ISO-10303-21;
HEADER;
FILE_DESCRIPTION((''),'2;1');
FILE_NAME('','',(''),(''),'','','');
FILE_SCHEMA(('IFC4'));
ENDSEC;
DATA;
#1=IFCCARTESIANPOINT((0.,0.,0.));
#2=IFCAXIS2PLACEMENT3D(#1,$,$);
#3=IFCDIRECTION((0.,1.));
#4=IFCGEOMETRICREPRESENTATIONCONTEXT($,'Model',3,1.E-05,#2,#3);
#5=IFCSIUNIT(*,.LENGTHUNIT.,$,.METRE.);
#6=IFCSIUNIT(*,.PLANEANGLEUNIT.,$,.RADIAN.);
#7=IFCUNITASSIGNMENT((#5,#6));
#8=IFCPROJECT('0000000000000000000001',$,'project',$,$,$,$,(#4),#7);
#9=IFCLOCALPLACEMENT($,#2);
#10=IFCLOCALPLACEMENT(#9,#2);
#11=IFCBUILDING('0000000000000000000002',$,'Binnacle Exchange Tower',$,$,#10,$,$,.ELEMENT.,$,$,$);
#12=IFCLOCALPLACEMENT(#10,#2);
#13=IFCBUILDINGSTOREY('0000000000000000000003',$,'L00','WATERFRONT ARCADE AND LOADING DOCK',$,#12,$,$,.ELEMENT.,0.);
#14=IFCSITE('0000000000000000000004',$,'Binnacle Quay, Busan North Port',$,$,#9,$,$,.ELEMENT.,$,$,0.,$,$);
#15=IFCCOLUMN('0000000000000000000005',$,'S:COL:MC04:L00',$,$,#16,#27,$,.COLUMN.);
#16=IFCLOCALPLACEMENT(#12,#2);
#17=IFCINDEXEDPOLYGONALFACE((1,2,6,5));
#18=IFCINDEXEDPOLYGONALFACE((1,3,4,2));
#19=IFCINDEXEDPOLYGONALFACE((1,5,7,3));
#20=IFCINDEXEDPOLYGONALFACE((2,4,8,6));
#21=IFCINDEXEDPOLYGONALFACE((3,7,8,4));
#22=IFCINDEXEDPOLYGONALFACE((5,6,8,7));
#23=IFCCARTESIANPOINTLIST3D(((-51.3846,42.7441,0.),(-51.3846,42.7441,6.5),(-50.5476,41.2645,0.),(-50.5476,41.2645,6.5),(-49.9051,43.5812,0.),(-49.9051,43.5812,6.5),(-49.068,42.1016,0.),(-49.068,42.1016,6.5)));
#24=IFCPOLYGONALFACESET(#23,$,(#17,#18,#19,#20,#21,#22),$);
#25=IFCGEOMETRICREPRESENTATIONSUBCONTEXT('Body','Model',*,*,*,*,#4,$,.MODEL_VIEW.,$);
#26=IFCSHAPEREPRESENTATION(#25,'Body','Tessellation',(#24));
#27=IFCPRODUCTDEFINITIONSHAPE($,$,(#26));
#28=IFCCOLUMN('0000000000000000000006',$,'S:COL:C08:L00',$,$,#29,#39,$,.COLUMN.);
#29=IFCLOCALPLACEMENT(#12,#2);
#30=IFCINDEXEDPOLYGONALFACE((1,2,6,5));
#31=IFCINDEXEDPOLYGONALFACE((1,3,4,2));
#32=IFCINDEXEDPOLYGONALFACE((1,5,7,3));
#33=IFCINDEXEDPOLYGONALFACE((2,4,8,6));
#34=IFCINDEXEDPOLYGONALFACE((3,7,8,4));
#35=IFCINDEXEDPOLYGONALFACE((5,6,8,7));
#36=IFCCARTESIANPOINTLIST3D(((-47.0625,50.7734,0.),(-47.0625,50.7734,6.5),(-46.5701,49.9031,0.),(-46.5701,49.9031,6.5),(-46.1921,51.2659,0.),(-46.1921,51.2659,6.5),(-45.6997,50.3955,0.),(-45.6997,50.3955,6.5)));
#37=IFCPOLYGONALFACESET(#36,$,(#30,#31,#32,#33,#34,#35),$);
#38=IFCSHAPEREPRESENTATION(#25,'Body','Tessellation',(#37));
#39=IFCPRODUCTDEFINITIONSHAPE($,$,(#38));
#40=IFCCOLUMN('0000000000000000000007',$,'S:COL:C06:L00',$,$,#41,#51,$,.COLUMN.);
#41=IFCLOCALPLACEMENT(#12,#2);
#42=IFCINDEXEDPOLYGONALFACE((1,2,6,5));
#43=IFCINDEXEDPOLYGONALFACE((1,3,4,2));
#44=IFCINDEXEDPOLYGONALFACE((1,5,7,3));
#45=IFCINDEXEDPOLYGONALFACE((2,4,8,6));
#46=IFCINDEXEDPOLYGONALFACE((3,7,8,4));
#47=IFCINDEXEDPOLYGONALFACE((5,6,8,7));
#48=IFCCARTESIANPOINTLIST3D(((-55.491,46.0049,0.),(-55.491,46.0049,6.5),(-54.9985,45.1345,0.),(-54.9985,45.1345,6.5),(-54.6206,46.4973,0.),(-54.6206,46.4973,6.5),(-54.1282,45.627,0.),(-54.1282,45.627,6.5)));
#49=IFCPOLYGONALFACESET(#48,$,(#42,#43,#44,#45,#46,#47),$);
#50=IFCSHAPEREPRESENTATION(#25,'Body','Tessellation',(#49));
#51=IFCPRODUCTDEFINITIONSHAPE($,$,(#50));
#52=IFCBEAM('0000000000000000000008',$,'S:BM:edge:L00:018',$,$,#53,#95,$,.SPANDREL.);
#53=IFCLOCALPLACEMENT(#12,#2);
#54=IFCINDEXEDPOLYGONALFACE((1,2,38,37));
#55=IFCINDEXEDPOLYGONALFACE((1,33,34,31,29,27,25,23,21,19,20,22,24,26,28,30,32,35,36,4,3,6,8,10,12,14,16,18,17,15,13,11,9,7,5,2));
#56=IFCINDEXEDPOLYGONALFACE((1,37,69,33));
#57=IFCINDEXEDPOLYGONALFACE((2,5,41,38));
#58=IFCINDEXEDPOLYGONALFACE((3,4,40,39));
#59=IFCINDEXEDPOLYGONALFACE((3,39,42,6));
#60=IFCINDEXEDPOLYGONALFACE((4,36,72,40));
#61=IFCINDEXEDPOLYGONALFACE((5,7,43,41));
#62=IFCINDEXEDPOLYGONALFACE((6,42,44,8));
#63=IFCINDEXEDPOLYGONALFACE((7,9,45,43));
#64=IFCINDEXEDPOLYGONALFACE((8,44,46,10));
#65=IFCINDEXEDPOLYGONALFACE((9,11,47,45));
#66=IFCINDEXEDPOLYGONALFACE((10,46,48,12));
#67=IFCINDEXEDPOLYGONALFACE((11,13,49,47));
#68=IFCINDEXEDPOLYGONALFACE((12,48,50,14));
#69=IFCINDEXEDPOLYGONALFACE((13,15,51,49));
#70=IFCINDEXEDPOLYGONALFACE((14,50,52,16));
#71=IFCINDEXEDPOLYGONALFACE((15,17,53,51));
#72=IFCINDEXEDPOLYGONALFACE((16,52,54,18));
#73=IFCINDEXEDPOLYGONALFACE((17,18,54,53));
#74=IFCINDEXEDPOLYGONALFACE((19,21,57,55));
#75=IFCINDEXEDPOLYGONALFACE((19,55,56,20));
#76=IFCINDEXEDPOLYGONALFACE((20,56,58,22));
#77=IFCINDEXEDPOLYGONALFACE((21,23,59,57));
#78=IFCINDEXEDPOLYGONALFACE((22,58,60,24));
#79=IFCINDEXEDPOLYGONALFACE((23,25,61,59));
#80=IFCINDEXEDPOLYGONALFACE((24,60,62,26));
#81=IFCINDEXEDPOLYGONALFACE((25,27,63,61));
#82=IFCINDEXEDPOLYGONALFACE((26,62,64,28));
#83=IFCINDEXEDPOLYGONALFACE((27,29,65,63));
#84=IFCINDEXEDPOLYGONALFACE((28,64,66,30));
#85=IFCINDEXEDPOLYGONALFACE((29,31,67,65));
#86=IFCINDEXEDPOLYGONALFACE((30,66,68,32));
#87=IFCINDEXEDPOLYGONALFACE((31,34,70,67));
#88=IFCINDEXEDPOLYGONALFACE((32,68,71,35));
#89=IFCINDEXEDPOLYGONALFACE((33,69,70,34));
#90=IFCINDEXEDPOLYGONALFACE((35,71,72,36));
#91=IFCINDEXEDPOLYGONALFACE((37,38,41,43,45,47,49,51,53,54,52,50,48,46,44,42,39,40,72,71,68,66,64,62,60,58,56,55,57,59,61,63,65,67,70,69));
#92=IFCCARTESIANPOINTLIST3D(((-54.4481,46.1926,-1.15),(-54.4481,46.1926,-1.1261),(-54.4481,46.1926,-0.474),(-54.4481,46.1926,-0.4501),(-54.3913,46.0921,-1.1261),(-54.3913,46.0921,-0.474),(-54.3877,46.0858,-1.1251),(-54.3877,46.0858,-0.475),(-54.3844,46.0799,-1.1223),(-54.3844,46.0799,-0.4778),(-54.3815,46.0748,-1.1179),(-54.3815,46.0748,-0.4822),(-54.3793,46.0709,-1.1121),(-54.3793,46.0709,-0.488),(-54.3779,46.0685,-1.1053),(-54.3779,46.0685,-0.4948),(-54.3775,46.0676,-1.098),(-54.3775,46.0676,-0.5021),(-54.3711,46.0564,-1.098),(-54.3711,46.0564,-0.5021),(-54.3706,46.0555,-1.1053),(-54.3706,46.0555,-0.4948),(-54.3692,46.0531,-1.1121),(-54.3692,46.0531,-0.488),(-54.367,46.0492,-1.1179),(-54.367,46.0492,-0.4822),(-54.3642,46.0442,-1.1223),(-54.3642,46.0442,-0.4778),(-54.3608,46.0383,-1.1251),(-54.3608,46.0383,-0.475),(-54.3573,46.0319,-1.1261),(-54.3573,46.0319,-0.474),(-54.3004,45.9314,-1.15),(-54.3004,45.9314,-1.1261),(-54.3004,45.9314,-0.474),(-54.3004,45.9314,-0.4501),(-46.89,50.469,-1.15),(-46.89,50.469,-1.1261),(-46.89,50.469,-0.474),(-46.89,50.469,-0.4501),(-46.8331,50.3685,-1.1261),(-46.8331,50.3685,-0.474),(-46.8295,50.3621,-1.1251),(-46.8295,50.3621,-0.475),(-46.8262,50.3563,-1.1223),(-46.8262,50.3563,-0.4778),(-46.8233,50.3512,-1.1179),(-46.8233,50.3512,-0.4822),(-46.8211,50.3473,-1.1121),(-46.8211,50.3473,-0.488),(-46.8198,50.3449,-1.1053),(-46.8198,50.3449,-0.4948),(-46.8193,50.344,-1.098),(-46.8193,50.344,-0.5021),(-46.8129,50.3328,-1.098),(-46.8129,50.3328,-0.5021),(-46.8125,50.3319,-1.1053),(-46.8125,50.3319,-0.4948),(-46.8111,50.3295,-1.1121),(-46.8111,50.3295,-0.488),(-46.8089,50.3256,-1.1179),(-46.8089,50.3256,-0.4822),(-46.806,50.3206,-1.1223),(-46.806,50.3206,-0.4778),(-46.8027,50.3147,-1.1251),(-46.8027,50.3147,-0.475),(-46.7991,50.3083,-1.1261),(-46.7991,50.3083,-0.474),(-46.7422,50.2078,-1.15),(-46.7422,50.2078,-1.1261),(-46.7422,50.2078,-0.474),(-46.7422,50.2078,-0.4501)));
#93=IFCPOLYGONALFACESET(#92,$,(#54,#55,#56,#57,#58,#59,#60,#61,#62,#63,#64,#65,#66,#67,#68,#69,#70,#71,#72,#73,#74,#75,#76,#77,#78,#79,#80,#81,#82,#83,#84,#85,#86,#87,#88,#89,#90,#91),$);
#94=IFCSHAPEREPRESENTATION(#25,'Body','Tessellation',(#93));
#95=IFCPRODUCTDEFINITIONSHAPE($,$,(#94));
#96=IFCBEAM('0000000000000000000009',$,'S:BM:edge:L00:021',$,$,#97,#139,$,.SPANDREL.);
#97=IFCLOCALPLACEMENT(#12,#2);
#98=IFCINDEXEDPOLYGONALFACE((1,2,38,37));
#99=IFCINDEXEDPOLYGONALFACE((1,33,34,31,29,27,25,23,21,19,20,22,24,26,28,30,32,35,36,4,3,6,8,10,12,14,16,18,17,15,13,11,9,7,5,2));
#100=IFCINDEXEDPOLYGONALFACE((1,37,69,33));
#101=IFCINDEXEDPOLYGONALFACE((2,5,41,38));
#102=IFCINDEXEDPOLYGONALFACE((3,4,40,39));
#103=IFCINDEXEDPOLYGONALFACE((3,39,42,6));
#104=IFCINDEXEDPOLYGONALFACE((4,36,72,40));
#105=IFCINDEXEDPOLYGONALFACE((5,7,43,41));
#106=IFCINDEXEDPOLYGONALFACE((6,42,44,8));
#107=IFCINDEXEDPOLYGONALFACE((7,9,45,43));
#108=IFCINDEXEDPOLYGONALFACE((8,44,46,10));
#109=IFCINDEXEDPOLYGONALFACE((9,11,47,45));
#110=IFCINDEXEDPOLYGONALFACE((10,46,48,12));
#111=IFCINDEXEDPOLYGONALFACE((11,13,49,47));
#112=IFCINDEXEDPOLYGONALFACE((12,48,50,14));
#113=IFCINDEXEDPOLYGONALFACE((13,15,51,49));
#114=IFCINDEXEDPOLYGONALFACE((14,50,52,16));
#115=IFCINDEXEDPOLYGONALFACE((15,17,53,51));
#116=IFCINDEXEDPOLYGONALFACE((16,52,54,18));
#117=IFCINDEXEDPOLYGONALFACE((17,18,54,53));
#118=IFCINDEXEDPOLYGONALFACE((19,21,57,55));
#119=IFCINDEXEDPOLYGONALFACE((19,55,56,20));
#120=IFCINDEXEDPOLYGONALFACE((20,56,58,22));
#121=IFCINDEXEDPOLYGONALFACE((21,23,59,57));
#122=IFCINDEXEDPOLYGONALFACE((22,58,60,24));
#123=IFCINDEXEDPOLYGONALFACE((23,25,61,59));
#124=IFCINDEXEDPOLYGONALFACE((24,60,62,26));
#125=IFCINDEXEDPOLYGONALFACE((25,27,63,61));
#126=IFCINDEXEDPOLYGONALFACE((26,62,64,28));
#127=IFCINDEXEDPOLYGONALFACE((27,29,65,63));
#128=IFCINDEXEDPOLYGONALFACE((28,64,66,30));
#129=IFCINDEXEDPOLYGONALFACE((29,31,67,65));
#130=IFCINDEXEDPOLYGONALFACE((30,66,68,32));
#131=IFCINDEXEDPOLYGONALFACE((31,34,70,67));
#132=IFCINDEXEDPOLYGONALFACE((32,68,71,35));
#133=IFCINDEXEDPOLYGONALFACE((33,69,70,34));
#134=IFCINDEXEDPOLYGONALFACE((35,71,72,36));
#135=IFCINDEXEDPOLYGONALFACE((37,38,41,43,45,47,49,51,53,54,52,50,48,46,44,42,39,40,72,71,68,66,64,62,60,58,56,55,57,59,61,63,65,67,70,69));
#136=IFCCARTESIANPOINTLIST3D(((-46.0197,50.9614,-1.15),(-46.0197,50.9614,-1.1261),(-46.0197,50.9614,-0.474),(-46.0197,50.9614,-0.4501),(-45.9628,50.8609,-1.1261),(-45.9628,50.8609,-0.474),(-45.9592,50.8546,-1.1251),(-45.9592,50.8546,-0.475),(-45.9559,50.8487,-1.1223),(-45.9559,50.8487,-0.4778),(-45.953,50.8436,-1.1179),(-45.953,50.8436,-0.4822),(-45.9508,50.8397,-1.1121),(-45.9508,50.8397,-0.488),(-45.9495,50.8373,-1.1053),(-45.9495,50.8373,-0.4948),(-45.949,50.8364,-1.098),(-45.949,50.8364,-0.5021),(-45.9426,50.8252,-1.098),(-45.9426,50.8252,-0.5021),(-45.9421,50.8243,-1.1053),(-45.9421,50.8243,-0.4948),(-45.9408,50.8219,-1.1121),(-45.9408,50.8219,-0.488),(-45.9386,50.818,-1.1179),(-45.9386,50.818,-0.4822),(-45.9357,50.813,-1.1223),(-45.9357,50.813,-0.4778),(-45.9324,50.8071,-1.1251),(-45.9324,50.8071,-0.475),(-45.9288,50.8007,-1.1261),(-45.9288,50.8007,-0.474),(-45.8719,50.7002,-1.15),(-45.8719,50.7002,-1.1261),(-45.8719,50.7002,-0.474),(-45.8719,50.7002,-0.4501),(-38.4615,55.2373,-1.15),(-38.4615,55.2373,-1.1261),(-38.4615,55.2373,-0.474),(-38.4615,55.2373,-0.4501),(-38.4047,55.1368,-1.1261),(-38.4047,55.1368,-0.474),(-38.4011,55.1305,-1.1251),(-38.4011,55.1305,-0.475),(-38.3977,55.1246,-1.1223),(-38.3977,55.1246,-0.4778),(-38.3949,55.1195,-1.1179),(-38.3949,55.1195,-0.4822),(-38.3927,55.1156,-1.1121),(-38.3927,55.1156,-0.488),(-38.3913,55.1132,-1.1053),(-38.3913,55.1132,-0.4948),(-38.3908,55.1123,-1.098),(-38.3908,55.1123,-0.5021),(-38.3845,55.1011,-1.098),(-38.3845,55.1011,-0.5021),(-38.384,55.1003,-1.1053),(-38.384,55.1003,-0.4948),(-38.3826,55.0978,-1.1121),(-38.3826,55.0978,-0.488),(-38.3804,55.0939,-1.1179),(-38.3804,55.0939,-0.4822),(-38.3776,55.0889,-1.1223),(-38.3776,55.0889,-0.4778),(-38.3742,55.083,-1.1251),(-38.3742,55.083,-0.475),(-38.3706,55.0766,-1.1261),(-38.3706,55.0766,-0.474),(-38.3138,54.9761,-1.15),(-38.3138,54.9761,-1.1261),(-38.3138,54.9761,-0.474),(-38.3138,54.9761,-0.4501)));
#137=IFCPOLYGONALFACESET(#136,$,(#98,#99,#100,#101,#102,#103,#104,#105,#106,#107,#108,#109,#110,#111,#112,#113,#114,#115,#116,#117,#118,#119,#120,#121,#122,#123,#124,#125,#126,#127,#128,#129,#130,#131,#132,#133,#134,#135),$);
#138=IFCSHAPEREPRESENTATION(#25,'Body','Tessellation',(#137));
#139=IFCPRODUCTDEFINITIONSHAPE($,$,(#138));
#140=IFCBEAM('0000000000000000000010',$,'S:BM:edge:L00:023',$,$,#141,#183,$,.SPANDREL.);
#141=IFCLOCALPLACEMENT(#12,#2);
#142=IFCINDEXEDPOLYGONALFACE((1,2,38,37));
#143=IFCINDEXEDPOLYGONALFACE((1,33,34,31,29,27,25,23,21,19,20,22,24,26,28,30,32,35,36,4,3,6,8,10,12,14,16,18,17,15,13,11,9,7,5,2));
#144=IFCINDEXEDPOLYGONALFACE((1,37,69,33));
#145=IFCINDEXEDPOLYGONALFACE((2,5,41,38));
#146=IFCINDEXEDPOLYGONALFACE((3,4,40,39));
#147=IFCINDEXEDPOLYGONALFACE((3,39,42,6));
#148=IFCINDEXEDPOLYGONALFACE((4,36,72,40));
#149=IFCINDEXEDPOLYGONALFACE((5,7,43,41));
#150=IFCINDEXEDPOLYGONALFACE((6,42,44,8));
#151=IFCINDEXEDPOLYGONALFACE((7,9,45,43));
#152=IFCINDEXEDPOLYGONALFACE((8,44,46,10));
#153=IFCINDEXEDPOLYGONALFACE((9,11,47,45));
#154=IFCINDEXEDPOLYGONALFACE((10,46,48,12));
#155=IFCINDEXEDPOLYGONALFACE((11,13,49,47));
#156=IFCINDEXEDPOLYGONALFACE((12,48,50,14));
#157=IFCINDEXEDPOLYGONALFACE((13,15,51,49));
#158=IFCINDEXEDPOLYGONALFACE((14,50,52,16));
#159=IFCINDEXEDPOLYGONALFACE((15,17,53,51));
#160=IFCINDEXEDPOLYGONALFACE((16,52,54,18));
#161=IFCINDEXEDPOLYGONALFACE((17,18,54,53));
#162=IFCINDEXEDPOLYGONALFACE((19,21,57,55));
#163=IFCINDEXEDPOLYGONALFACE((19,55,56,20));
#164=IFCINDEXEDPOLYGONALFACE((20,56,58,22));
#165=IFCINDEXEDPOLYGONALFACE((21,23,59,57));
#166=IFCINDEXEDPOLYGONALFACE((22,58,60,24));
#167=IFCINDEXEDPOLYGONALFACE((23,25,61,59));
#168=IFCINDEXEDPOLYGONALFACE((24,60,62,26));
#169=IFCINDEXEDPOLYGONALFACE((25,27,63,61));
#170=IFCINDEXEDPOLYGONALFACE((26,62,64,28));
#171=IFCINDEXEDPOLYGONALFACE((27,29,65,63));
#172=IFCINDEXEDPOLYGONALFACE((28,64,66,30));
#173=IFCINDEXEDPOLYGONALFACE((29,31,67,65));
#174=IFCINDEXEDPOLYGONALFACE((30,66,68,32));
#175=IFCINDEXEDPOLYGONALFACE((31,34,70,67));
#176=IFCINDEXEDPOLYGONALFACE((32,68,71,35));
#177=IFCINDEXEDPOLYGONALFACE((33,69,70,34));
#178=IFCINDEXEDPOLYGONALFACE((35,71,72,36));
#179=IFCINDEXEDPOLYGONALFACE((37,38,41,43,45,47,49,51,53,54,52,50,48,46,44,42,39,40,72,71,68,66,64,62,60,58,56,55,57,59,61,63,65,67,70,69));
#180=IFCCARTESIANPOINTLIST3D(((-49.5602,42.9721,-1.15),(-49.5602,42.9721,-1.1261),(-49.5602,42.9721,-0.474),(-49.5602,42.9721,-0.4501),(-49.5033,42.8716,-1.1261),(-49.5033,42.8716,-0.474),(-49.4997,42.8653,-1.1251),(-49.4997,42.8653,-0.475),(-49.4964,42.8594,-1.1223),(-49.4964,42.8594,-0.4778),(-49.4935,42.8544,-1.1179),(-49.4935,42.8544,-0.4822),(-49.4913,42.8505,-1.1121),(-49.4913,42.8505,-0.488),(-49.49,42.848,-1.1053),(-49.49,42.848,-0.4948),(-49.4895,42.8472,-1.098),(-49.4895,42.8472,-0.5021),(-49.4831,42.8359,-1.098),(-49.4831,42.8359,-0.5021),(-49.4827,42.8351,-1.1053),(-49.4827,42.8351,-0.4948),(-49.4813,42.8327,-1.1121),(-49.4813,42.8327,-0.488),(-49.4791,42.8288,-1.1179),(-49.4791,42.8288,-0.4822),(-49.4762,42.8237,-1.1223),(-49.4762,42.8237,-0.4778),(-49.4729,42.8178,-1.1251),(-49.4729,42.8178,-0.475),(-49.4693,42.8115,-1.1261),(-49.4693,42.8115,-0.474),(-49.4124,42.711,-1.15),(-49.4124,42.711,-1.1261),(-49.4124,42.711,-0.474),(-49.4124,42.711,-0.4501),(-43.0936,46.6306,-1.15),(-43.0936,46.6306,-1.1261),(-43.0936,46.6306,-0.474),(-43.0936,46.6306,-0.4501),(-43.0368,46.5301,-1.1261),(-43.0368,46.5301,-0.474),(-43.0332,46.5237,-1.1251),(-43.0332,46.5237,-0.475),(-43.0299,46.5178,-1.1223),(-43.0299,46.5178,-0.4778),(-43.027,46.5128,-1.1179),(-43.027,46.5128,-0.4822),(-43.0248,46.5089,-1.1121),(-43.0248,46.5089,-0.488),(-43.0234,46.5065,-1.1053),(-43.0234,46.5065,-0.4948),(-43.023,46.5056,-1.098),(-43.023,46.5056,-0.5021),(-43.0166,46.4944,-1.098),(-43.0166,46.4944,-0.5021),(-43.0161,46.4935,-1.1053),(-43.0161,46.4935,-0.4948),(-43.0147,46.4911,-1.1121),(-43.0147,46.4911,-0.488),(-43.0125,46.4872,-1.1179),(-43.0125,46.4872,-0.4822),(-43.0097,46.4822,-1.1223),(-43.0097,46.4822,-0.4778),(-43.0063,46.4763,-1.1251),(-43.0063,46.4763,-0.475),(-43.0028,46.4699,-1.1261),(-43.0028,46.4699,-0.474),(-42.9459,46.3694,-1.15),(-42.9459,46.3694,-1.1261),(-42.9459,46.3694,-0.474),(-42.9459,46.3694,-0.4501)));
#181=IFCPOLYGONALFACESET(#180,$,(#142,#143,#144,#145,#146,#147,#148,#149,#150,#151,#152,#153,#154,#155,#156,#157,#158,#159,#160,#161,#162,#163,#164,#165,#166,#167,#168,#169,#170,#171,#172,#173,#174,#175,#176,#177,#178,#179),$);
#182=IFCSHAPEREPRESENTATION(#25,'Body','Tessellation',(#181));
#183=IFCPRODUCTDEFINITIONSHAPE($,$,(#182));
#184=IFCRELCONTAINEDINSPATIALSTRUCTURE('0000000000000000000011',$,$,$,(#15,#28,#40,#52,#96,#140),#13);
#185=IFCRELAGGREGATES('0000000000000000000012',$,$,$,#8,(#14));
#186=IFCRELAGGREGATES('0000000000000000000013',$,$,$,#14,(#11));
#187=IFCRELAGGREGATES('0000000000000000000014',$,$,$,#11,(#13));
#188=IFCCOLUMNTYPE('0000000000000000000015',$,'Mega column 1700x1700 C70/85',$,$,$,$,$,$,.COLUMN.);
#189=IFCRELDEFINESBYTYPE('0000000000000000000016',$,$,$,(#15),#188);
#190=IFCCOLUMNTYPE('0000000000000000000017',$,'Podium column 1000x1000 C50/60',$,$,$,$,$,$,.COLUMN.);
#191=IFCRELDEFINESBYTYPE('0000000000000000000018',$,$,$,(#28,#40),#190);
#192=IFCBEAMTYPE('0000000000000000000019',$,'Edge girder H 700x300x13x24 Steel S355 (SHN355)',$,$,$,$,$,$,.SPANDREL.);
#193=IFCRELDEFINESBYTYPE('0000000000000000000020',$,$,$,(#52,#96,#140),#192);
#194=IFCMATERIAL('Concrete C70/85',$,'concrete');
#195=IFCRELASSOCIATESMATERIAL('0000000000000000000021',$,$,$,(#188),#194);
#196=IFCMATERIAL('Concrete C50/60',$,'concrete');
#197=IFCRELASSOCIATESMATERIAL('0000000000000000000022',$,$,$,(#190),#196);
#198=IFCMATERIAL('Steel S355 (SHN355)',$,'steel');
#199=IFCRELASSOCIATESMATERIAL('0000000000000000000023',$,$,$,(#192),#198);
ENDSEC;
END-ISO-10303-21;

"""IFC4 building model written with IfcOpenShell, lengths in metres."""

from ifc_helpers import new_model, si_unit, direction, frame, origin, origin_2d, place, context, subcontext, project, spatial, rectangle, i_section, extrude, material, material_profile, profile_set, type_object, element, save


model = new_model("IFC4")

# Units and contexts
model_context = context("Model", 3, precision=1e-05, world=origin(), true_north=direction((0.0, 1.0)))
body_context = subcontext(model_context, "Body", "Model", "MODEL_VIEW")
ifc_project = project(units=[si_unit("LENGTHUNIT", "METRE"), si_unit("PLANEANGLEUNIT", "RADIAN")], contexts=[model_context])

# Site, building, storey
site_placement = place(None, origin())
site = spatial("IfcSite", under=ifc_project, at=site_placement, Name="Binnacle Quay, Busan North Port", CompositionType="ELEMENT", RefElevation=0.0)
building_placement = place(site_placement, origin())
building = spatial("IfcBuilding", under=site, at=building_placement, Name="Binnacle Exchange Tower", CompositionType="ELEMENT")
storey_placement = place(building_placement, origin())
storey = spatial("IfcBuildingStorey", under=building, at=storey_placement, Name="L00", Description="WATERFRONT ARCADE AND LOADING DOCK", CompositionType="ELEMENT", Elevation=0.0)

# Columns
ifc_material_1 = material(Name="Concrete C70/85", Category="concrete")
ifc_material_profile_1 = material_profile(ifc_material_1, rectangle(XDim=1.7, YDim=1.7, at=origin_2d()), Name="Mega column 1700x1700 C70/85")
ifc_profile_set_1 = profile_set([ifc_material_profile_1], Name="Concrete C70/85")
column_type_1 = type_object("IfcColumnType", Name="Mega column 1700x1700 C70/85", PredefinedType="COLUMN", material=ifc_profile_set_1)
column_placement = place(storey_placement, frame((-50.2263, 42.4229, 0.0), z_axis=(0.0, 0.0, 1.0), x_axis=(-0.870356, -0.492424, 0.0)))
element("IfcColumn", 1, at=column_placement, inside=storey, type_object=column_type_1, Name="S:COL:MC04:L00", PredefinedType="COLUMN", context=body_context, shape_type="SweptSolid", body=[
    extrude(rectangle(XDim=1.7, YDim=1.7, at=origin_2d()), origin(), (0.0, 0.0, 1.0), 6.5),
])
ifc_material_2 = material(Name="Concrete C50/60", Category="concrete")
ifc_material_profile_2 = material_profile(ifc_material_2, rectangle(XDim=1.0, YDim=1.0, at=origin_2d()), Name="Podium column 1000x1000 C50/60")
ifc_profile_set_2 = profile_set([ifc_material_profile_2], Name="Concrete C50/60")
column_type_2 = type_object("IfcColumnType", Name="Podium column 1000x1000 C50/60", PredefinedType="COLUMN", material=ifc_profile_set_2)
for number, where, z_axis, x_axis, name in (
    (2, (-46.3811, 50.5845, 0.0), (0.0, 0.0, 1.0), (-0.870356, -0.492424, 0.0), "S:COL:C08:L00"),
    (3, (-54.8096, 45.8159, 0.0), (0.0, 0.0, 1.0), (-0.870356, -0.492424, 0.0), "S:COL:C06:L00"),
):
    element("IfcColumn", number, at=place(storey_placement, frame(where, z_axis=z_axis, x_axis=x_axis)), inside=storey, type_object=column_type_2, Name=name, PredefinedType="COLUMN", context=body_context, shape_type="SweptSolid", body=[
        extrude(rectangle(XDim=1.0, YDim=1.0, at=origin_2d()), origin(), (0.0, 0.0, 1.0), 6.5),
    ])

# Beams
ifc_material_3 = material(Name="Steel S355 (SHN355)", Category="steel")
ifc_material_profile_3 = material_profile(ifc_material_3, i_section(OverallWidth=0.3, OverallDepth=0.7, WebThickness=0.0129, FlangeThickness=0.0239, FilletRadius=0.0281, at=origin_2d()), Name="H 700x300x13x24")
ifc_profile_set_3 = profile_set([ifc_material_profile_3], Name="Steel S355 (SHN355)")
beam_type_1 = type_object("IfcBeamType", Name="Edge girder H 700x300x13x24 Steel S355 (SHN355)", PredefinedType="SPANDREL", material=ifc_profile_set_3)
beam_1_placement = place(storey_placement, frame((-54.3743, 46.062, -0.8), z_axis=(0.870346, 0.492441, 0.0), x_axis=(-0.492441, 0.870346, 0.0)))
element("IfcBeam", 4, at=beam_1_placement, inside=storey, type_object=beam_type_1, Name="S:BM:edge:L00:018", PredefinedType="SPANDREL", context=body_context, shape_type="SweptSolid", body=[
    extrude(i_section(OverallWidth=0.3, OverallDepth=0.7, WebThickness=0.0129, FlangeThickness=0.0239, FilletRadius=0.0281, at=origin_2d()), origin(), (0.0, 0.0, 1.0), 8.6841),
])
beam_2_placement = place(storey_placement, frame((-45.9458, 50.8308, -0.8), z_axis=(0.87037, 0.492398, 0.0), x_axis=(-0.492398, 0.87037, 0.0)))
element("IfcBeam", 5, at=beam_2_placement, inside=storey, type_object=beam_type_1, Name="S:BM:edge:L00:021", PredefinedType="SPANDREL", context=body_context, shape_type="SweptSolid", body=[
    extrude(i_section(OverallWidth=0.3, OverallDepth=0.7, WebThickness=0.0129, FlangeThickness=0.0239, FilletRadius=0.0281, at=origin_2d()), origin(), (0.0, 0.0, 1.0), 8.6838),
])
beam_3_placement = place(storey_placement, frame((-43.0198, 46.5, -0.8), z_axis=(-0.870364, -0.492408, 0.0), x_axis=(0.492408, -0.870364, 0.0)))
element("IfcBeam", 6, at=beam_3_placement, inside=storey, type_object=beam_type_1, Name="S:BM:edge:L00:023", PredefinedType="SPANDREL", context=body_context, shape_type="SweptSolid", body=[
    extrude(i_section(OverallWidth=0.3, OverallDepth=0.7, WebThickness=0.0129, FlangeThickness=0.0239, FilletRadius=0.0281, at=origin_2d()), origin(), (0.0, 0.0, 1.0), 7.4297),
])

save(model, "model.ifc")
